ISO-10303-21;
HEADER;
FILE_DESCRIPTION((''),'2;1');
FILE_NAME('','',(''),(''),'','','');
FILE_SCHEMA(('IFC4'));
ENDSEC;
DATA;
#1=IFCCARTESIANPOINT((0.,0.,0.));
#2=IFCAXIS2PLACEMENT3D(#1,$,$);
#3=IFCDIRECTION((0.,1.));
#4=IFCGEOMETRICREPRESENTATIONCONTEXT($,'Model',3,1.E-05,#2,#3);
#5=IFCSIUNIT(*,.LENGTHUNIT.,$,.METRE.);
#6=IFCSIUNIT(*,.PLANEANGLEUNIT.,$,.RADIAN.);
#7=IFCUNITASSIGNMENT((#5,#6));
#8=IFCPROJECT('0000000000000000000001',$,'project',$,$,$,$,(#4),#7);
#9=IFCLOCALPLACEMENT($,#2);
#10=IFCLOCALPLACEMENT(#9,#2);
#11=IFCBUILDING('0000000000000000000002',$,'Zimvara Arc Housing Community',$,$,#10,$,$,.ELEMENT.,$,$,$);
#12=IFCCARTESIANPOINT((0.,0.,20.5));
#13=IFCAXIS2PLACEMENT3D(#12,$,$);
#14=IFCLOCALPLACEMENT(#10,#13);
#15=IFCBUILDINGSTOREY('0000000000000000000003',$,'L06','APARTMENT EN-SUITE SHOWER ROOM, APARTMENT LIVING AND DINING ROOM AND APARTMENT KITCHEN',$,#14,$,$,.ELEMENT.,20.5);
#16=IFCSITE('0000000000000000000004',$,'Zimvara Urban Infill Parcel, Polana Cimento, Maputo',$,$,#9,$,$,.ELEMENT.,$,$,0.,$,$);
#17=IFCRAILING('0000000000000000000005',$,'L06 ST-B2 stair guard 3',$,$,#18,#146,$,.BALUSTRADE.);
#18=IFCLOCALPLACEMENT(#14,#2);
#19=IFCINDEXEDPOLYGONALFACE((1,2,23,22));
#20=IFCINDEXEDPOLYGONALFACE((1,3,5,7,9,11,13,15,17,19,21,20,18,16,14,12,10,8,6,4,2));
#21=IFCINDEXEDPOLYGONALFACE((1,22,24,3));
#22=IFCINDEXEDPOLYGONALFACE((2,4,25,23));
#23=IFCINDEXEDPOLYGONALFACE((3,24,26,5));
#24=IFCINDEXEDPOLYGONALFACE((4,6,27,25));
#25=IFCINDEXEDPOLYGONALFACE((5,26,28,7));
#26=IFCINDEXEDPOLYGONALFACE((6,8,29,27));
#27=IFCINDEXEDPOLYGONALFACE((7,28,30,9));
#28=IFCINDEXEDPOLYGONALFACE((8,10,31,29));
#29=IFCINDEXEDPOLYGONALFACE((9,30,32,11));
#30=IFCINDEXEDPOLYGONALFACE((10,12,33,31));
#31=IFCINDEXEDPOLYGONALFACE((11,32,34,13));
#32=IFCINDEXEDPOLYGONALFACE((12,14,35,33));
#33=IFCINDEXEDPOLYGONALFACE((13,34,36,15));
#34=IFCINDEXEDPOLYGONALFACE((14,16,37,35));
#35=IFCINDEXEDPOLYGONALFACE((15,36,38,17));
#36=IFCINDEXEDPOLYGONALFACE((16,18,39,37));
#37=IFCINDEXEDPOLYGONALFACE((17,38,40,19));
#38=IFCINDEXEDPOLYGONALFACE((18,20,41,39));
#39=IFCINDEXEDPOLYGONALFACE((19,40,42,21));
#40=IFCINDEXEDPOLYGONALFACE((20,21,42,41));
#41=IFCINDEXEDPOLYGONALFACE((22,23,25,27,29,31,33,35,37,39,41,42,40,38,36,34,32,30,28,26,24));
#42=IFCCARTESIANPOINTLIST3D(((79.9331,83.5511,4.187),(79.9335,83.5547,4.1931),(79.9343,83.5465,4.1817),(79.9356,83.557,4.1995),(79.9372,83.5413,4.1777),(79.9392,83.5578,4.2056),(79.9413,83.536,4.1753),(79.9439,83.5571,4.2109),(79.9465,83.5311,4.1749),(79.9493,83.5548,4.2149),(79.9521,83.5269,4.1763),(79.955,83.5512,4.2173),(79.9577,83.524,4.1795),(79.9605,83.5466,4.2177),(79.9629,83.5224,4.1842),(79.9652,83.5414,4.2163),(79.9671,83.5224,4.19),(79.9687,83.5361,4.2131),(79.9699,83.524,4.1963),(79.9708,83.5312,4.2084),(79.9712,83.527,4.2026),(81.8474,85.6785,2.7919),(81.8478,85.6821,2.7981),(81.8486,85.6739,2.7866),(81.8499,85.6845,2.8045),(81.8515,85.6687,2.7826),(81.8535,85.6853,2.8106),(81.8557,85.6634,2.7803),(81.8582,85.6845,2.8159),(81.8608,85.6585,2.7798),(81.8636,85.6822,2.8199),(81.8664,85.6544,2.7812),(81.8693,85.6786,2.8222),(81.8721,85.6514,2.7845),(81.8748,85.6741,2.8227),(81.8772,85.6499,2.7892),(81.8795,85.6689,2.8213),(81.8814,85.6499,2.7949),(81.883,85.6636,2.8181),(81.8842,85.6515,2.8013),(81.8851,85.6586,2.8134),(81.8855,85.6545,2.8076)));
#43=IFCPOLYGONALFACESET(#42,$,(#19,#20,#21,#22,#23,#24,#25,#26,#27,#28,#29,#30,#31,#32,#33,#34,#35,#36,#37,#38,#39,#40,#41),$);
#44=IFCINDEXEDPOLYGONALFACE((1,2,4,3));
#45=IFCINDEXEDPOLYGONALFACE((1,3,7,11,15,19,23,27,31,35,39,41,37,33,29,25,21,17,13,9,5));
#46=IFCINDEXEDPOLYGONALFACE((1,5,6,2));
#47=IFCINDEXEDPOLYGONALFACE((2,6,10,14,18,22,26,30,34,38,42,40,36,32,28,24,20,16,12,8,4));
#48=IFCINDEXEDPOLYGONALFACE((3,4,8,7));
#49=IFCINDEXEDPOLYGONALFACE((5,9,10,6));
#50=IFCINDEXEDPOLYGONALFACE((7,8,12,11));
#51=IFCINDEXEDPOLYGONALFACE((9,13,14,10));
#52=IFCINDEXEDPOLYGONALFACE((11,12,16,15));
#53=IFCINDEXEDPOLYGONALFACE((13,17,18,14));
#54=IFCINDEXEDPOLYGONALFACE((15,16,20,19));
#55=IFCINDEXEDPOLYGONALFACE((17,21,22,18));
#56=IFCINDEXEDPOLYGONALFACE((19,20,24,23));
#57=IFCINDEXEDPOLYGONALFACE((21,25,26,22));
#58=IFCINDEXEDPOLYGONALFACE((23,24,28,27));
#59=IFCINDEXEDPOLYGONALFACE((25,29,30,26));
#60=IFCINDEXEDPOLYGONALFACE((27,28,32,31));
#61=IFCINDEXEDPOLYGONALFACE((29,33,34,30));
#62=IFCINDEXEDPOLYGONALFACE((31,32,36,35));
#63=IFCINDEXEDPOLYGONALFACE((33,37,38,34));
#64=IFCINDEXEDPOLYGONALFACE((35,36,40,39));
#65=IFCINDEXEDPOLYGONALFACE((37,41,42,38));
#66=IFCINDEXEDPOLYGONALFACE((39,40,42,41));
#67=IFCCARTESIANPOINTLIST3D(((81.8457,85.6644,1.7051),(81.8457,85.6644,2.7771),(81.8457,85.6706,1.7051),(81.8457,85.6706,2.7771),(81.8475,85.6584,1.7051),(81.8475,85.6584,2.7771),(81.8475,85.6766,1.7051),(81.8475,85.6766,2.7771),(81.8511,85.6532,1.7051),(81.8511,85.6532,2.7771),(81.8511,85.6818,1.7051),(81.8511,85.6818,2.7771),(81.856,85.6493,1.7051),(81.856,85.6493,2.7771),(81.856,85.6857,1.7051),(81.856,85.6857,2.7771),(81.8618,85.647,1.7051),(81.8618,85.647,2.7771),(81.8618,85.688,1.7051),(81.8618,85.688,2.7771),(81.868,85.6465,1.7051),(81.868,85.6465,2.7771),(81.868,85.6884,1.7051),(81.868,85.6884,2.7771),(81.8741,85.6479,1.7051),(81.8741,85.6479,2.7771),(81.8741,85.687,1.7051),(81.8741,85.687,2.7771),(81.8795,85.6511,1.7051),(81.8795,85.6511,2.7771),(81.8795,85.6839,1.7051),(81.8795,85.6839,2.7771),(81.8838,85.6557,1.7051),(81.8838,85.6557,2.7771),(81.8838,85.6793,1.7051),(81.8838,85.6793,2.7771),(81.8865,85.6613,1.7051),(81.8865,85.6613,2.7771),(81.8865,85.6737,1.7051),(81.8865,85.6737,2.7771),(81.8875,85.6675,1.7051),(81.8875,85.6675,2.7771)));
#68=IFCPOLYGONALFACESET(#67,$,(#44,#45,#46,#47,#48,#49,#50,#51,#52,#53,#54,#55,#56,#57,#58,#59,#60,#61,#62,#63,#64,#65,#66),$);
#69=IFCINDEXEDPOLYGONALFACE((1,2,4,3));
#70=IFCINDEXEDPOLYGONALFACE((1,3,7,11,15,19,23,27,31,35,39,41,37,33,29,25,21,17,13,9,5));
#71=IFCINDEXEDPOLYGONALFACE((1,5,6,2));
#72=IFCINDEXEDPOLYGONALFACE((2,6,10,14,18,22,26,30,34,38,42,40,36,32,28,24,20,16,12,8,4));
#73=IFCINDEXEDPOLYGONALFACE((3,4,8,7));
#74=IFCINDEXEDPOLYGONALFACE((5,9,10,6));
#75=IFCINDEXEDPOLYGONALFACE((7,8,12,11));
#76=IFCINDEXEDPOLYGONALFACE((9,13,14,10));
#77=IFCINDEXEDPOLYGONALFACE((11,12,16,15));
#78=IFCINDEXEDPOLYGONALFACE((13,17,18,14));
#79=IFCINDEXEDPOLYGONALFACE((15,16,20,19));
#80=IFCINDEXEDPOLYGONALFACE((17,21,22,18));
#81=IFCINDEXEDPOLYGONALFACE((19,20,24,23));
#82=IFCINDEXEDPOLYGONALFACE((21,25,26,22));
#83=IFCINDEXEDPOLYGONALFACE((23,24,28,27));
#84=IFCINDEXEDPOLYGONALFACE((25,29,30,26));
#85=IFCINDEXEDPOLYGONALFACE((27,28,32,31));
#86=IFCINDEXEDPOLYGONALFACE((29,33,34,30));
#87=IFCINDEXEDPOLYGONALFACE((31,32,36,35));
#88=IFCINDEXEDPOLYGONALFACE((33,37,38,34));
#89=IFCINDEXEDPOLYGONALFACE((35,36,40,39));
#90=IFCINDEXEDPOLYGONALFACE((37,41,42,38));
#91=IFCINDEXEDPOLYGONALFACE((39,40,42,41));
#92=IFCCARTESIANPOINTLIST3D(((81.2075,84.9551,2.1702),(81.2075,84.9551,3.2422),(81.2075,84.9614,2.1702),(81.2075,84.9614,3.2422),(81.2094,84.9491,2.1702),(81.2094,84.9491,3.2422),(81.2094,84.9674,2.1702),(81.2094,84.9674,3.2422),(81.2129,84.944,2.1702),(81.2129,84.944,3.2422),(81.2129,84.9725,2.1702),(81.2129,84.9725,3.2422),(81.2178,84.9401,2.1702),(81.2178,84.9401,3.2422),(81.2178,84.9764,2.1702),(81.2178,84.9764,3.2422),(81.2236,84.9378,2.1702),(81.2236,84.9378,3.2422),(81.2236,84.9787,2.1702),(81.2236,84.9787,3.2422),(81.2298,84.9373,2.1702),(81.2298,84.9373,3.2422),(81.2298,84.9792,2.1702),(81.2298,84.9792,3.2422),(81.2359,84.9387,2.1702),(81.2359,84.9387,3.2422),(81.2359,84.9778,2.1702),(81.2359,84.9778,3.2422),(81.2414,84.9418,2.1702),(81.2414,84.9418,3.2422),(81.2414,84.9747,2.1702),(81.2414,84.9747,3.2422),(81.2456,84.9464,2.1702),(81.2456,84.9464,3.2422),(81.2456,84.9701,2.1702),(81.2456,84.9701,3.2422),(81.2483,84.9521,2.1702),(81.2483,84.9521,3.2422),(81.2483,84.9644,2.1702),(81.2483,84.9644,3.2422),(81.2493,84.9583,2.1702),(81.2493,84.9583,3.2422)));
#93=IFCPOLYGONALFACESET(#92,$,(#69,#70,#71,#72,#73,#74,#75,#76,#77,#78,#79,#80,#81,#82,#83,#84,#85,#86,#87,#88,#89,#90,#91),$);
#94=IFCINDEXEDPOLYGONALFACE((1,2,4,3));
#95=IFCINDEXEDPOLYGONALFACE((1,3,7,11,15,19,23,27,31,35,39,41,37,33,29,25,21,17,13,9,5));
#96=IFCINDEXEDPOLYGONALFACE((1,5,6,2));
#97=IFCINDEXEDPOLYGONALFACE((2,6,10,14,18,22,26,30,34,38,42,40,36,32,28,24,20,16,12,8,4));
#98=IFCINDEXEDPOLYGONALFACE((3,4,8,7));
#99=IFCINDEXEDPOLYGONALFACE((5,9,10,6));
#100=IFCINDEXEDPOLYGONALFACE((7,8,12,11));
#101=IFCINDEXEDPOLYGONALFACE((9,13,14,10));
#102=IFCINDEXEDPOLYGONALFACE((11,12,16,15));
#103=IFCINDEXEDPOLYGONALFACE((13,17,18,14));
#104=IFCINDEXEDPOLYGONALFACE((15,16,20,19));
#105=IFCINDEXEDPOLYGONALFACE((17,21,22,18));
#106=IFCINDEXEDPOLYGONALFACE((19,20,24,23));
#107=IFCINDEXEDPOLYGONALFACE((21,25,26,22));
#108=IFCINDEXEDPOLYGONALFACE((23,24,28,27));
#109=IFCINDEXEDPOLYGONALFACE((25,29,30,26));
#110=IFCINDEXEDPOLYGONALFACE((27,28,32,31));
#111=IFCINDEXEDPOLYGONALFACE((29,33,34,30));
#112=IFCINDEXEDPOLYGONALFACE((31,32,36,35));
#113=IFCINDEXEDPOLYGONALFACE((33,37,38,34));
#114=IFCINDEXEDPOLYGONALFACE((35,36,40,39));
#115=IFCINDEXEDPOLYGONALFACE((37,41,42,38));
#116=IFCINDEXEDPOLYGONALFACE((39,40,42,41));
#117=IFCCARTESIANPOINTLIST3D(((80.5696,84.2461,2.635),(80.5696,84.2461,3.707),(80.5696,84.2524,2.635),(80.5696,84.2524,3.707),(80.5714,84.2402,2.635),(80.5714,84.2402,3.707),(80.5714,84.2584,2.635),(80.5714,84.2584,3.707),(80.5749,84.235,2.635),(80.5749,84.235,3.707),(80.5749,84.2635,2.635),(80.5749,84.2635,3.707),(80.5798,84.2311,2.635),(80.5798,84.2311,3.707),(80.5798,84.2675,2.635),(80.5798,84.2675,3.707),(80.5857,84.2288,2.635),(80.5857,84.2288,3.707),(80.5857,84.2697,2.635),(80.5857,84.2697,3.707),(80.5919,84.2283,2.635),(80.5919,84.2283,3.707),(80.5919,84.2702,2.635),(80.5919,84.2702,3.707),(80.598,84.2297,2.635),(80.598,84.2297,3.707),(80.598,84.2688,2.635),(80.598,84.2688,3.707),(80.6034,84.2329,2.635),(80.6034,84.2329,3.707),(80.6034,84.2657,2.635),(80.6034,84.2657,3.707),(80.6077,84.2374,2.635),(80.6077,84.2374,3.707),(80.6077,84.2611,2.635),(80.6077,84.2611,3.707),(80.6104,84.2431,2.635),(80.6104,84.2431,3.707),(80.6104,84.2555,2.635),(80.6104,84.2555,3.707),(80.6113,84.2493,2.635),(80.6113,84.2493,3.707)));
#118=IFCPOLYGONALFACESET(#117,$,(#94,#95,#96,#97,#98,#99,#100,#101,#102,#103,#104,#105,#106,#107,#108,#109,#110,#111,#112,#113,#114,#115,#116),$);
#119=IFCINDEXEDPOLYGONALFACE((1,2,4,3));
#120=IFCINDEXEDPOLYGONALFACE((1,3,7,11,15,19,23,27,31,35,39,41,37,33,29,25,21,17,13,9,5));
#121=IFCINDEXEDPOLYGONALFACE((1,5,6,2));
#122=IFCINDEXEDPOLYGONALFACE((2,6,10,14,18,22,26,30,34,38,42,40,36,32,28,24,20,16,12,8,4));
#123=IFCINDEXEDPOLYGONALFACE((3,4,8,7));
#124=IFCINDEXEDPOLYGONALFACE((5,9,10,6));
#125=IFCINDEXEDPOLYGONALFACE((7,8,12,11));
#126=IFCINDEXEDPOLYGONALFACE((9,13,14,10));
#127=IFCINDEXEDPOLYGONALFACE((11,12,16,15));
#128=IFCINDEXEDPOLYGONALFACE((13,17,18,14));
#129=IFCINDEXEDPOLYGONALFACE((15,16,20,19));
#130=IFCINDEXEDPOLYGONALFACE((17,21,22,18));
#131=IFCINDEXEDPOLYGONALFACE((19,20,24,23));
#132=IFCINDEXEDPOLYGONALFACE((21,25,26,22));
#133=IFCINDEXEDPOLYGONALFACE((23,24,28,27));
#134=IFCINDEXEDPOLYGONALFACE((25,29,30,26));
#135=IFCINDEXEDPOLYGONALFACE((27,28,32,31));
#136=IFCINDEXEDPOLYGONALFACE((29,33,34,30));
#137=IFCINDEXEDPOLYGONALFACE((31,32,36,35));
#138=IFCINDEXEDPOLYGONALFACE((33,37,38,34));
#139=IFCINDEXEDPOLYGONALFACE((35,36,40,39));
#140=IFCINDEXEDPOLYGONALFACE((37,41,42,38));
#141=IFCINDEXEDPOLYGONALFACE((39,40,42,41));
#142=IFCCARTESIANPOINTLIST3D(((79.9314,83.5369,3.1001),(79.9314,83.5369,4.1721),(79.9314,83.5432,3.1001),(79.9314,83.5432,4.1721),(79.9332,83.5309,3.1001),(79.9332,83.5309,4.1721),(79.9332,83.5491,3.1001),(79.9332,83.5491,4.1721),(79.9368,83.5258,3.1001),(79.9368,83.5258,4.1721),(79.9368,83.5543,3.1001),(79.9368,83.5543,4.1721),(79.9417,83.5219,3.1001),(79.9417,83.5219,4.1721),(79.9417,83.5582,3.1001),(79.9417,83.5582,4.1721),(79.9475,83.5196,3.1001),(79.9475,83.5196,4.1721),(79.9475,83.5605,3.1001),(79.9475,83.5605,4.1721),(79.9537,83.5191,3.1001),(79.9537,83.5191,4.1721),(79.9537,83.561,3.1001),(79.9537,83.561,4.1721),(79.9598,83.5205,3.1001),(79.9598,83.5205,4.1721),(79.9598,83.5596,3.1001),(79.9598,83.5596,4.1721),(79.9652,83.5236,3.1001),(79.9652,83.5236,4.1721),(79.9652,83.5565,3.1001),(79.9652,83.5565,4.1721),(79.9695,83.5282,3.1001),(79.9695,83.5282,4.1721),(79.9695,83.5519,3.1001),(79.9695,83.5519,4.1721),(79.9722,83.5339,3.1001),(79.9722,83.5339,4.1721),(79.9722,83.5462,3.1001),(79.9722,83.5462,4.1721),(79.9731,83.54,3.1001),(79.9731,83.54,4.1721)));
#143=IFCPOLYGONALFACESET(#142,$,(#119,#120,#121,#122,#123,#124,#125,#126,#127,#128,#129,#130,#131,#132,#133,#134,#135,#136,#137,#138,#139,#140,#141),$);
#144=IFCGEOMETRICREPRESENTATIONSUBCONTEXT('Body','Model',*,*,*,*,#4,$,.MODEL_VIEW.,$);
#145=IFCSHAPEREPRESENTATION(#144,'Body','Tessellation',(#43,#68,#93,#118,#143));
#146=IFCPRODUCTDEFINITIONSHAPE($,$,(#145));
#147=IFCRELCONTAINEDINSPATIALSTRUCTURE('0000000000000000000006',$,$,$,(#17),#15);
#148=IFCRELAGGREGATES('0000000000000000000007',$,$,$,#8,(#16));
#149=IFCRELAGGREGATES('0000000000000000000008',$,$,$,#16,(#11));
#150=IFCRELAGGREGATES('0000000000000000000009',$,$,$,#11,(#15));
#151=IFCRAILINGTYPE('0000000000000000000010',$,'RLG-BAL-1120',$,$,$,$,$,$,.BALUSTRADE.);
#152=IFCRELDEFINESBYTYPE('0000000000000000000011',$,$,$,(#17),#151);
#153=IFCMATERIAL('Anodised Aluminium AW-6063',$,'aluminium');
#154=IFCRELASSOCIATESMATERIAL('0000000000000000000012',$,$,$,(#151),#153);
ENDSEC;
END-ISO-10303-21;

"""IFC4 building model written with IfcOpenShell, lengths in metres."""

from ifc_helpers import new_model, si_unit, direction, frame, origin, origin_2d, place, context, subcontext, project, spatial, circle, extrude, material, type_object, element, save


model = new_model("IFC4")

# Units and contexts
model_context = context("Model", 3, precision=1e-05, world=origin(), true_north=direction((0.0, 1.0)))
body_context = subcontext(model_context, "Body", "Model", "MODEL_VIEW")
ifc_project = project(units=[si_unit("LENGTHUNIT", "METRE"), si_unit("PLANEANGLEUNIT", "RADIAN")], contexts=[model_context])

# Site, building, storey
site_placement = place(None, origin())
site = spatial("IfcSite", under=ifc_project, at=site_placement, Name="Zimvara Urban Infill Parcel, Polana Cimento, Maputo", CompositionType="ELEMENT", RefElevation=0.0)
building_placement = place(site_placement, origin())
building = spatial("IfcBuilding", under=site, at=building_placement, Name="Zimvara Arc Housing Community", CompositionType="ELEMENT")
storey_placement = place(building_placement, frame((0.0, 0.0, 20.5)))
storey = spatial("IfcBuildingStorey", under=building, at=storey_placement, Name="L06", Description="APARTMENT EN-SUITE SHOWER ROOM, APARTMENT LIVING AND DINING ROOM AND APARTMENT KITCHEN", CompositionType="ELEMENT", Elevation=20.5)

# Railing
ifc_material_1 = material(Name="Anodised Aluminium AW-6063", Category="aluminium")
railing_type_1 = type_object("IfcRailingType", Name="RLG-BAL-1120", PredefinedType="BALUSTRADE", material=ifc_material_1)
railing_1_placement = place(storey_placement, frame((81.8665, 85.6675, 1.7051)))
element("IfcRailing", 1, at=railing_1_placement, inside=storey, type_object=railing_type_1, Name="L06 ST-B2 stair guard 3", PredefinedType="BALUSTRADE", context=body_context, shape_type="SweptSolid", body=[
    extrude(circle(Radius=0.0239, at=origin_2d()), frame((0.0, 0.0, 1.0962), z_axis=(-0.601263, -0.668206, 0.43816), x_axis=(0.743362, -0.668889, 0.0)), (0.0, 0.0, 1.0), 3.1838),
    extrude(circle(Radius=0.021, at=origin_2d()), origin(), (0.0, 0.0, 1.0), 1.072),
    extrude(circle(Radius=0.021, at=origin_2d()), frame((-0.6382, -0.7092, 0.4651)), (0.0, 0.0, 1.0), 1.072),
    extrude(circle(Radius=0.021, at=origin_2d()), frame((-1.2761, -1.4182, 0.9299)), (0.0, 0.0, 1.0), 1.072),
    extrude(circle(Radius=0.021, at=origin_2d()), frame((-1.9143, -2.1274, 1.395)), (0.0, 0.0, 1.0), 1.072),
])

save(model, "model.ifc")
